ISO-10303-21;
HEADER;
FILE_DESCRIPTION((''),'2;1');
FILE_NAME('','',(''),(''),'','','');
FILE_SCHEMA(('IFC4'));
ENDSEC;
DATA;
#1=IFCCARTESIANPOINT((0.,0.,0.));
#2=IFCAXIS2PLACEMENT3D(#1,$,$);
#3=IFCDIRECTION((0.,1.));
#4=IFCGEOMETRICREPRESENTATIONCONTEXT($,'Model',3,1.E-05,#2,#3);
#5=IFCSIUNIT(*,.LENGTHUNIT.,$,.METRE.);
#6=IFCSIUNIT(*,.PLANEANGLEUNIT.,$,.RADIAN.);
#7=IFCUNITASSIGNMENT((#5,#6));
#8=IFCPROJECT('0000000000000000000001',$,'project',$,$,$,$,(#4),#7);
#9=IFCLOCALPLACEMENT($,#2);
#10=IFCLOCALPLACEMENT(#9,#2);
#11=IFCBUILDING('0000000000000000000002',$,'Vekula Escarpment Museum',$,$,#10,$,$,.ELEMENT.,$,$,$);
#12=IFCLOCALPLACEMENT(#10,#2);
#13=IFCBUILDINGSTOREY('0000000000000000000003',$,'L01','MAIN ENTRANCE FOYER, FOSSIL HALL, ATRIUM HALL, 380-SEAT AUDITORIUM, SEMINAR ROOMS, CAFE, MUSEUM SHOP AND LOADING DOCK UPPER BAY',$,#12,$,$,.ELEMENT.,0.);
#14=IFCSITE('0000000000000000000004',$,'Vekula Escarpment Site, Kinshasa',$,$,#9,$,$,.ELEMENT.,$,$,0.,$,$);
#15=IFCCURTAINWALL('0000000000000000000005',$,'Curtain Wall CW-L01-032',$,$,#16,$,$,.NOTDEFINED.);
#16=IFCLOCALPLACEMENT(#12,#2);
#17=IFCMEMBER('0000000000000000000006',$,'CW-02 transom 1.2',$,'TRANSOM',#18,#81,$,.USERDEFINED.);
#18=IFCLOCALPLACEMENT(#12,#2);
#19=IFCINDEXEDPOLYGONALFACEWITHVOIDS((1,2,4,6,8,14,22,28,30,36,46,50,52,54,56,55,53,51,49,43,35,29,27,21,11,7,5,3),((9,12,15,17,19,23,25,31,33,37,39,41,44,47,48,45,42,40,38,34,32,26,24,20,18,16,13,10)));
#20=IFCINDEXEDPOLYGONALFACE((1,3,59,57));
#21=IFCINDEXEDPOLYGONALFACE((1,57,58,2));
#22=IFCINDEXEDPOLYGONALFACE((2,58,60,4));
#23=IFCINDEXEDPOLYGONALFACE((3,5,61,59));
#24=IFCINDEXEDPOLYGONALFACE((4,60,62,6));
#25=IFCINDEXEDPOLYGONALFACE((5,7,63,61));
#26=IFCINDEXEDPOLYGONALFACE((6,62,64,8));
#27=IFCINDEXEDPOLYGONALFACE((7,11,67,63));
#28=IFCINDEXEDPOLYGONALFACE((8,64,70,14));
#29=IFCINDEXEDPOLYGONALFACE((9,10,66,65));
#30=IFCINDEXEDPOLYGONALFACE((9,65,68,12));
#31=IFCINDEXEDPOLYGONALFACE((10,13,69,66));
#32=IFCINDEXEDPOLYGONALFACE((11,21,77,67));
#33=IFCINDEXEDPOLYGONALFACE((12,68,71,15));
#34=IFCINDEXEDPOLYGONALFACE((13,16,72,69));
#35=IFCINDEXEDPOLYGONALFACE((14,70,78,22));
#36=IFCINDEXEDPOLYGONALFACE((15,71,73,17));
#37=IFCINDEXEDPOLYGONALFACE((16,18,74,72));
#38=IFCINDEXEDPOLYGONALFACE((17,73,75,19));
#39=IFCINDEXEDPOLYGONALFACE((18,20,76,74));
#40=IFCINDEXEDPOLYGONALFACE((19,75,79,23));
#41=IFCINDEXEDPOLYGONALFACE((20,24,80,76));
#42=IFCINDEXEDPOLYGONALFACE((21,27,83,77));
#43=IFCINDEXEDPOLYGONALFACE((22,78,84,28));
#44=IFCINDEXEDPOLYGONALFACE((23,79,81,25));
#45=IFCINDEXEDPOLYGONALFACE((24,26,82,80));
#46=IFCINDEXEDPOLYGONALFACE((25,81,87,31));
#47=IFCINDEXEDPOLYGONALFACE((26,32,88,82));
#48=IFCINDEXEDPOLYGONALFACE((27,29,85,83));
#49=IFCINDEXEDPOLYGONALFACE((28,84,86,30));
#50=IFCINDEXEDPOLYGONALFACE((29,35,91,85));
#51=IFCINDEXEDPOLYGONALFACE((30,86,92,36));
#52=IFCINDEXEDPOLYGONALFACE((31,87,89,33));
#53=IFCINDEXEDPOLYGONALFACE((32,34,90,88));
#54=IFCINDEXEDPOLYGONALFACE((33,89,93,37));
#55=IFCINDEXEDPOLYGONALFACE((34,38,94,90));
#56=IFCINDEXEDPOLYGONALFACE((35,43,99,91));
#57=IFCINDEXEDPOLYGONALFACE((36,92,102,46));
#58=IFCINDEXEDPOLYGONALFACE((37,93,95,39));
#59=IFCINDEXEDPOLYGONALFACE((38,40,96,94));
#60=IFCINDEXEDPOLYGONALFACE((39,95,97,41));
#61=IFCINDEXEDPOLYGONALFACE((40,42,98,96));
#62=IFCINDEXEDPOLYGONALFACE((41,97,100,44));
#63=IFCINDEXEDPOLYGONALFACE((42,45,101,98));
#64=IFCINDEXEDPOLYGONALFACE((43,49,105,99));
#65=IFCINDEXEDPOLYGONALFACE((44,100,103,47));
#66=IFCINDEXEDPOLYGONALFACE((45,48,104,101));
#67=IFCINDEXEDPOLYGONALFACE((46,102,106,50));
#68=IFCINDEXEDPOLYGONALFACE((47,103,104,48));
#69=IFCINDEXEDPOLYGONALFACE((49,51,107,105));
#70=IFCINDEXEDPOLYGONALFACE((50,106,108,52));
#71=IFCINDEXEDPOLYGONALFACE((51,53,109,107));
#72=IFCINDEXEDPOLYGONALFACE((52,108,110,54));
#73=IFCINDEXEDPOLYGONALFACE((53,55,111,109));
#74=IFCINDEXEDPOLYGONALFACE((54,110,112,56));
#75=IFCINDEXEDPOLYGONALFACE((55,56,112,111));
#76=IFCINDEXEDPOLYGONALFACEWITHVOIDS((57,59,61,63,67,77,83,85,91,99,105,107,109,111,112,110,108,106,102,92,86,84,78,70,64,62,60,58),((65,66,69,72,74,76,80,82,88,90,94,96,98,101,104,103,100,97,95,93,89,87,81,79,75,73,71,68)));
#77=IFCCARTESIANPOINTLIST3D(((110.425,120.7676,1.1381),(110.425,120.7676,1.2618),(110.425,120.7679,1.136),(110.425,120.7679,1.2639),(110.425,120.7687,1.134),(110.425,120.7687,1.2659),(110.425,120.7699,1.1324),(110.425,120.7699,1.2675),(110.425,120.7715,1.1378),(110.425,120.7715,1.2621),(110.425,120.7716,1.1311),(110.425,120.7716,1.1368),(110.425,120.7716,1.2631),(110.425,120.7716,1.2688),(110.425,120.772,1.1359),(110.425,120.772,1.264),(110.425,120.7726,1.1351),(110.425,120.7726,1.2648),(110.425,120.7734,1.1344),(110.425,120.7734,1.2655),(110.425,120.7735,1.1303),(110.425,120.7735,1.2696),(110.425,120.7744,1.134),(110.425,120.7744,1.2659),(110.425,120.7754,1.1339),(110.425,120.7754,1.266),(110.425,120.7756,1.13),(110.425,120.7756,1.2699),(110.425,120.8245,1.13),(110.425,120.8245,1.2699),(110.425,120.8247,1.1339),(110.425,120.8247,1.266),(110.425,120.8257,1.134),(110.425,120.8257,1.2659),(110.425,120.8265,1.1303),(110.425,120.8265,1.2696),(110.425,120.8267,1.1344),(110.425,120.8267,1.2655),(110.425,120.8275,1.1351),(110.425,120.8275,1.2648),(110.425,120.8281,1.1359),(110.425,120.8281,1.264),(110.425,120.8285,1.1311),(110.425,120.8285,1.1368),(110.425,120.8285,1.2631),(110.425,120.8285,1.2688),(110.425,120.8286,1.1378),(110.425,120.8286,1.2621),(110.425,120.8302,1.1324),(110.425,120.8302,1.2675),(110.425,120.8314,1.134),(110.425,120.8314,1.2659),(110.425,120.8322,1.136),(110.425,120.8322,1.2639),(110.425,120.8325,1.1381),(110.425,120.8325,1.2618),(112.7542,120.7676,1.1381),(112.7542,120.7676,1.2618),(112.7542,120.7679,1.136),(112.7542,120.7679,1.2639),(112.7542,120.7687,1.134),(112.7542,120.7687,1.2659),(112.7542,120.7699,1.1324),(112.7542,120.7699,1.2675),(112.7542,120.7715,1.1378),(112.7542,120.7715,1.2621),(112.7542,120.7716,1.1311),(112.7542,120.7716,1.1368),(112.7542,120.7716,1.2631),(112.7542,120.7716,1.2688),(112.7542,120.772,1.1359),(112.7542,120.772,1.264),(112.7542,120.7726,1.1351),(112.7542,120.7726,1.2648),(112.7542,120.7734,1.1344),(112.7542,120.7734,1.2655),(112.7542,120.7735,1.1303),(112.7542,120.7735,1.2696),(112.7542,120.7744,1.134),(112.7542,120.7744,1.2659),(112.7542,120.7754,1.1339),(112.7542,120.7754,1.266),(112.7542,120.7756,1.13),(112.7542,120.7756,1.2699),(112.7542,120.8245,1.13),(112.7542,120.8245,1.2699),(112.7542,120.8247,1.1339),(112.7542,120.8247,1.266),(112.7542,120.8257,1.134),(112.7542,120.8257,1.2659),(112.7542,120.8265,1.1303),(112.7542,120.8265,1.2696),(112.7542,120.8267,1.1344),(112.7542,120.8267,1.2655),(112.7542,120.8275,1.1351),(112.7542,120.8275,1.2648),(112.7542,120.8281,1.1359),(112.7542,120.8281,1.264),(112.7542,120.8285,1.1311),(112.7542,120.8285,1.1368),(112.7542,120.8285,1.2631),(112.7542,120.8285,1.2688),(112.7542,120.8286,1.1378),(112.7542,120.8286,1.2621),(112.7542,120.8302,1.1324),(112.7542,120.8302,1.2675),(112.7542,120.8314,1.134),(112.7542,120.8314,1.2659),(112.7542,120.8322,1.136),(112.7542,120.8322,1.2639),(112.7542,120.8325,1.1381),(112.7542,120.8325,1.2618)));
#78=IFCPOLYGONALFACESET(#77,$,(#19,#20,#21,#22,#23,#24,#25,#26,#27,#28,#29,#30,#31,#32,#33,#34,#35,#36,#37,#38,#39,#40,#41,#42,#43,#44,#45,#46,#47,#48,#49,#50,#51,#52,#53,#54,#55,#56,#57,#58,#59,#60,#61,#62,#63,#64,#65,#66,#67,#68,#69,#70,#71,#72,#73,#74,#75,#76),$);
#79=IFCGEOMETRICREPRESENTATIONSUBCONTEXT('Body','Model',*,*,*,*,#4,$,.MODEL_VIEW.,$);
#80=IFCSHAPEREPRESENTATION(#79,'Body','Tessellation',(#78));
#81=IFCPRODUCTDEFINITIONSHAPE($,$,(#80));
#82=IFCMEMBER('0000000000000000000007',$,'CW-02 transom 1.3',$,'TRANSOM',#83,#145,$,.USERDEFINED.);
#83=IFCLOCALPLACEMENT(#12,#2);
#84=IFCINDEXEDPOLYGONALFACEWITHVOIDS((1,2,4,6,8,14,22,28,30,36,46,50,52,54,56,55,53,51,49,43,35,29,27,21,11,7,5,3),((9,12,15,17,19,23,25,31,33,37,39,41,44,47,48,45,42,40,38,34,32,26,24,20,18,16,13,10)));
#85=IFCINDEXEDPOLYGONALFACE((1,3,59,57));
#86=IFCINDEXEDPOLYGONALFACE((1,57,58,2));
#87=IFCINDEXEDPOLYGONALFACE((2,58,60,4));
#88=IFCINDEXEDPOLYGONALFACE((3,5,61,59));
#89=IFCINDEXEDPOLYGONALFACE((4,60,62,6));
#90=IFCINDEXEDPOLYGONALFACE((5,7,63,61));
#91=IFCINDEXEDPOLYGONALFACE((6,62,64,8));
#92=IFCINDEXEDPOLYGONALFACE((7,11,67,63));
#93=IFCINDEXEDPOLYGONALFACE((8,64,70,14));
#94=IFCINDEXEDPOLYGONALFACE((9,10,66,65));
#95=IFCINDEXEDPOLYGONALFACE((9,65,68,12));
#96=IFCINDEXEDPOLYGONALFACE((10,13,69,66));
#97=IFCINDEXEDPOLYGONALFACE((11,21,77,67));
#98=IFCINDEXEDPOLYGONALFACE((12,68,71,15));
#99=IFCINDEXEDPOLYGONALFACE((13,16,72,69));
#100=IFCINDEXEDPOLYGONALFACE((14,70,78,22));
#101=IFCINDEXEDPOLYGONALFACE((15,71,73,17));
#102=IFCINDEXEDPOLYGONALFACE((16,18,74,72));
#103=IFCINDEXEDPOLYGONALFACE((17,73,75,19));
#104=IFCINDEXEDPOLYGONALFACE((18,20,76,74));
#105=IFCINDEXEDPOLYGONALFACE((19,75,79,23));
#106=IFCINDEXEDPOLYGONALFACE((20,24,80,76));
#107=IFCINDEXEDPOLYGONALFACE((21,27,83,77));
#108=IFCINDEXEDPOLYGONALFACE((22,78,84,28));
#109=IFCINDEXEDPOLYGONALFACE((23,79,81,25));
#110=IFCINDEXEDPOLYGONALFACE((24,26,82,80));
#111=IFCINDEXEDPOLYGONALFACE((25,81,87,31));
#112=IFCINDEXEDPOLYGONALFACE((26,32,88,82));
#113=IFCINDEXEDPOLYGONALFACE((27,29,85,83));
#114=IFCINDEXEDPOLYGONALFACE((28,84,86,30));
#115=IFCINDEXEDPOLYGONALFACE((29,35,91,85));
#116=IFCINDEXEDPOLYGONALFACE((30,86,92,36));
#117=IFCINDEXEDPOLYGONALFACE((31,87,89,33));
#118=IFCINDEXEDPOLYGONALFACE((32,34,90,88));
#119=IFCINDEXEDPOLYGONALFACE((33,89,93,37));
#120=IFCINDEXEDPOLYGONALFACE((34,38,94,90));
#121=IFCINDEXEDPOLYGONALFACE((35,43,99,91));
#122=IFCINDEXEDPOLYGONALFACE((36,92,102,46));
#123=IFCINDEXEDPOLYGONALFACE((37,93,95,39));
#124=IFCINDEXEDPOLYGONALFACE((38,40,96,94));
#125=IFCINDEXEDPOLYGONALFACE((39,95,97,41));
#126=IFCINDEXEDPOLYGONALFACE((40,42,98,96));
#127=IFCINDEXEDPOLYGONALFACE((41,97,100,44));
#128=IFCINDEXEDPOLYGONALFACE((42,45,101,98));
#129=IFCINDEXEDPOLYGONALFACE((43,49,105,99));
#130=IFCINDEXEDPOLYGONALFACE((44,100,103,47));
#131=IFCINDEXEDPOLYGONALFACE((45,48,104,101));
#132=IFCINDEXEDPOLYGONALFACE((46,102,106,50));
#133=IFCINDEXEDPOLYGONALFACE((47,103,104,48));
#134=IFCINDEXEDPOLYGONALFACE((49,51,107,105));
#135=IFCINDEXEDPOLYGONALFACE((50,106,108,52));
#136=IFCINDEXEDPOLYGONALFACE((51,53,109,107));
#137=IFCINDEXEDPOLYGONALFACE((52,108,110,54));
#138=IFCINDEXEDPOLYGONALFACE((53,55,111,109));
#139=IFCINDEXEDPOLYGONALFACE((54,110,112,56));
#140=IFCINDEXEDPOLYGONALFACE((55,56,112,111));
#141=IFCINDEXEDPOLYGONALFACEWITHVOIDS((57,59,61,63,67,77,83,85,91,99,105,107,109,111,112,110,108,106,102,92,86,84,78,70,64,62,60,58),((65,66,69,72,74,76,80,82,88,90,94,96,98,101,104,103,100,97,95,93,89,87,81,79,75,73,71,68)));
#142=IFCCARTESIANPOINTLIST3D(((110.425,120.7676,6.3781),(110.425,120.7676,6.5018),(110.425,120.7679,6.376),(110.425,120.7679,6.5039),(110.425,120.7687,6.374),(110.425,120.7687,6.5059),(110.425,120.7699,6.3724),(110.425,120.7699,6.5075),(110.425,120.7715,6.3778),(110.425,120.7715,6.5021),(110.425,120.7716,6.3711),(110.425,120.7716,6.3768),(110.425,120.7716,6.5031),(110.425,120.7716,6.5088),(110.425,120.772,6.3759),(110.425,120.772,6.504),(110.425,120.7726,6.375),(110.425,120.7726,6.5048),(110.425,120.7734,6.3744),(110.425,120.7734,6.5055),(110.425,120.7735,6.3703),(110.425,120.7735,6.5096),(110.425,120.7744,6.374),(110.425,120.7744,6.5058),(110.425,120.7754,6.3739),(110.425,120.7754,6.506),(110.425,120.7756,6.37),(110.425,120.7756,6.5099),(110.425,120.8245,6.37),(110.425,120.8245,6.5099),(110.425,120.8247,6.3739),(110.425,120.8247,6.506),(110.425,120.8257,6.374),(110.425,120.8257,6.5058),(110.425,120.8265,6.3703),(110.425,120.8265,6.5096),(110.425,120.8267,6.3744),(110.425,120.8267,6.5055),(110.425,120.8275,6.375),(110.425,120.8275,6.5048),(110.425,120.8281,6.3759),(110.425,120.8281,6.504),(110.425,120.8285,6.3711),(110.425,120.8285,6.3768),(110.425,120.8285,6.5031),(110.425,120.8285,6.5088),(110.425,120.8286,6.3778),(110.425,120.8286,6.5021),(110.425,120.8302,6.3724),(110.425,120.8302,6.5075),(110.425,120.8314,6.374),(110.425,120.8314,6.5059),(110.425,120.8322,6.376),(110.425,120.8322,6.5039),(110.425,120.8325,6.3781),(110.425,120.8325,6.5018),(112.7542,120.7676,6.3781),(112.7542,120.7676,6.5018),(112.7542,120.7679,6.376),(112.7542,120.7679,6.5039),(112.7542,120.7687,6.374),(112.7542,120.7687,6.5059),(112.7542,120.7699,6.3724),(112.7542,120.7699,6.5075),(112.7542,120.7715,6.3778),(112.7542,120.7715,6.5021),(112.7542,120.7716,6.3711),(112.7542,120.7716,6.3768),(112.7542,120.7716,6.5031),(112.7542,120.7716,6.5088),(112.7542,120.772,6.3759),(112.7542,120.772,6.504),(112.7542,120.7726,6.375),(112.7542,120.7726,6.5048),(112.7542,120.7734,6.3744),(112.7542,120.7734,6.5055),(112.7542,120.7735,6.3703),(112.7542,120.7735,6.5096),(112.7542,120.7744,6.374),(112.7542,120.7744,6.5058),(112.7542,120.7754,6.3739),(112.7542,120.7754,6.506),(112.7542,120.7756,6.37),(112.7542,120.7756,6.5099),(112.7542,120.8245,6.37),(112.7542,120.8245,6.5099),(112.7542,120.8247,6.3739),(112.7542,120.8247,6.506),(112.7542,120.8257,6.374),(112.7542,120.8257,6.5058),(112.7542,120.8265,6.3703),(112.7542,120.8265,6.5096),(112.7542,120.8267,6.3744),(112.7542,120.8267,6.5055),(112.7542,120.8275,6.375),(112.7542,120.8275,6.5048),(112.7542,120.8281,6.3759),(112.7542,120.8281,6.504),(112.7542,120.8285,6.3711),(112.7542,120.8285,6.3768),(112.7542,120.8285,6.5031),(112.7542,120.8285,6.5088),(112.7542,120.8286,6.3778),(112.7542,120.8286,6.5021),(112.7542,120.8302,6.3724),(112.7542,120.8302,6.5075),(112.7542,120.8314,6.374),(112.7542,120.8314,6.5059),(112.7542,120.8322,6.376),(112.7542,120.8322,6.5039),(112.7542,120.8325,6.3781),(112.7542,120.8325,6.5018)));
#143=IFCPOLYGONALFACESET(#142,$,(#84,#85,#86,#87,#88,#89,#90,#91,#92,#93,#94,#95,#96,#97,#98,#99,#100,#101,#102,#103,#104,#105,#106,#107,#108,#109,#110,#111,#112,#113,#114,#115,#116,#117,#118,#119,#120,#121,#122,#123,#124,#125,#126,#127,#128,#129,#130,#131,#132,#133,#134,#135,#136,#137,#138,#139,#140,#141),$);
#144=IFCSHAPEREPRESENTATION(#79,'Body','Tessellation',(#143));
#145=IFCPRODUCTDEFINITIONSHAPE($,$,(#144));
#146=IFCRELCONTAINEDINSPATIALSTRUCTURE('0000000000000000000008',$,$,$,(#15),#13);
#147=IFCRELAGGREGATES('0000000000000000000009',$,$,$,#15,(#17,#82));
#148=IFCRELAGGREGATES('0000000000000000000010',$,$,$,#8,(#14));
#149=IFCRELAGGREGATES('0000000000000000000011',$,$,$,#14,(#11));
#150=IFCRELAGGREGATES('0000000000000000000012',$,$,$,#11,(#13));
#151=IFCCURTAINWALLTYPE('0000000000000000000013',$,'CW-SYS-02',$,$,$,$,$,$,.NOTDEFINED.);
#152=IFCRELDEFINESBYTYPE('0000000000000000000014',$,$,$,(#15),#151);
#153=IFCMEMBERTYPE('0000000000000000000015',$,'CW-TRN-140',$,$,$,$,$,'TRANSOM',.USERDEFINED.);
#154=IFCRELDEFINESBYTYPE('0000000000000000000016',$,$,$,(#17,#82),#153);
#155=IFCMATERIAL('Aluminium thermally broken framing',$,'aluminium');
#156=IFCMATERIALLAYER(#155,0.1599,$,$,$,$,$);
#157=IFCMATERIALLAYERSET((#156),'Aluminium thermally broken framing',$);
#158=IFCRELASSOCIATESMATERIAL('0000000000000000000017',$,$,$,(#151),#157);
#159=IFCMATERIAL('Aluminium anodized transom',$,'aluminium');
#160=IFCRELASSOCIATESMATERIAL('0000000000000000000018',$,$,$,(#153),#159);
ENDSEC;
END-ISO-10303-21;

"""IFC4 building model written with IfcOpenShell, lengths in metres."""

from ifc_helpers import new_model, si_unit, direction, frame, origin, origin_2d, place, context, subcontext, project, spatial, hollow_rectangle, extrude, material, layer, layer_set, material_profile, profile_set, type_object, element, aggregate, save


model = new_model("IFC4")

# Units and contexts
model_context = context("Model", 3, precision=1e-05, world=origin(), true_north=direction((0.0, 1.0)))
body_context = subcontext(model_context, "Body", "Model", "MODEL_VIEW")
ifc_project = project(units=[si_unit("LENGTHUNIT", "METRE"), si_unit("PLANEANGLEUNIT", "RADIAN")], contexts=[model_context])

# Site, building, storey
site_placement = place(None, origin())
site = spatial("IfcSite", under=ifc_project, at=site_placement, Name="Vekula Escarpment Site, Kinshasa", CompositionType="ELEMENT", RefElevation=0.0)
building_placement = place(site_placement, origin())
building = spatial("IfcBuilding", under=site, at=building_placement, Name="Vekula Escarpment Museum", CompositionType="ELEMENT")
storey_placement = place(building_placement, origin())
storey = spatial("IfcBuildingStorey", under=building, at=storey_placement, Name="L01", Description="MAIN ENTRANCE FOYER, FOSSIL HALL, ATRIUM HALL, 380-SEAT AUDITORIUM, SEMINAR ROOMS, CAFE, MUSEUM SHOP AND LOADING DOCK UPPER BAY", CompositionType="ELEMENT", Elevation=0.0)

# Curtain wall, members
ifc_material_1 = material(Name="Aluminium thermally broken framing", Category="aluminium")
ifc_layer_1 = layer(ifc_material_1, 0.1599)
ifc_layer_set_1 = layer_set([ifc_layer_1], Name="Aluminium thermally broken framing")
curtain_wall_type = type_object("IfcCurtainWallType", Name="CW-SYS-02", PredefinedType="NOTDEFINED", material=ifc_layer_set_1)
curtain_wall_placement = place(storey_placement, origin())
curtain_wall = element("IfcCurtainWall", 1, at=curtain_wall_placement, inside=storey, type_object=curtain_wall_type, Name="Curtain Wall CW-L01-032", PredefinedType="NOTDEFINED")
ifc_material_2 = material(Name="Aluminium anodized transom", Category="aluminium")
ifc_material_profile_1 = material_profile(ifc_material_2, hollow_rectangle(XDim=0.0649, YDim=0.1399, WallThickness=0.0039, InnerFilletRadius=0.0039, OuterFilletRadius=0.0081, at=origin_2d()), Name="ALU 140x65x4")
ifc_profile_set_1 = profile_set([ifc_material_profile_1], Name="Aluminium anodized transom")
member_type_1 = type_object("IfcMemberType", Name="CW-TRN-140", ElementType="TRANSOM", PredefinedType="USERDEFINED", material=ifc_profile_set_1)
member_1_placement = place(storey_placement, frame((110.425, 120.8, 1.2), z_axis=(1.0, 0.0, 0.0), x_axis=(0.0, 1.0, 0.0)))
member_1 = element("IfcMember", 2, at=member_1_placement, type_object=member_type_1, Name="CW-02 transom 1.2", ObjectType="TRANSOM", PredefinedType="USERDEFINED", context=body_context, shape_type="SweptSolid", body=[
    extrude(hollow_rectangle(XDim=0.0649, YDim=0.1399, WallThickness=0.0039, InnerFilletRadius=0.0039, OuterFilletRadius=0.0081, at=origin_2d()), origin(), (0.0, 0.0, 1.0), 2.3291),
])
member_2_placement = place(storey_placement, frame((110.425, 120.8, 6.4399), z_axis=(1.0, 0.0, 0.0), x_axis=(0.0, 1.0, 0.0)))
member_2 = element("IfcMember", 3, at=member_2_placement, type_object=member_type_1, Name="CW-02 transom 1.3", ObjectType="TRANSOM", PredefinedType="USERDEFINED", context=body_context, shape_type="SweptSolid", body=[
    extrude(hollow_rectangle(XDim=0.0649, YDim=0.1399, WallThickness=0.0039, InnerFilletRadius=0.0039, OuterFilletRadius=0.0081, at=origin_2d()), origin(), (0.0, 0.0, 1.0), 2.3291),
])
aggregate(curtain_wall, [member_1, member_2])

save(model, "model.ifc")
